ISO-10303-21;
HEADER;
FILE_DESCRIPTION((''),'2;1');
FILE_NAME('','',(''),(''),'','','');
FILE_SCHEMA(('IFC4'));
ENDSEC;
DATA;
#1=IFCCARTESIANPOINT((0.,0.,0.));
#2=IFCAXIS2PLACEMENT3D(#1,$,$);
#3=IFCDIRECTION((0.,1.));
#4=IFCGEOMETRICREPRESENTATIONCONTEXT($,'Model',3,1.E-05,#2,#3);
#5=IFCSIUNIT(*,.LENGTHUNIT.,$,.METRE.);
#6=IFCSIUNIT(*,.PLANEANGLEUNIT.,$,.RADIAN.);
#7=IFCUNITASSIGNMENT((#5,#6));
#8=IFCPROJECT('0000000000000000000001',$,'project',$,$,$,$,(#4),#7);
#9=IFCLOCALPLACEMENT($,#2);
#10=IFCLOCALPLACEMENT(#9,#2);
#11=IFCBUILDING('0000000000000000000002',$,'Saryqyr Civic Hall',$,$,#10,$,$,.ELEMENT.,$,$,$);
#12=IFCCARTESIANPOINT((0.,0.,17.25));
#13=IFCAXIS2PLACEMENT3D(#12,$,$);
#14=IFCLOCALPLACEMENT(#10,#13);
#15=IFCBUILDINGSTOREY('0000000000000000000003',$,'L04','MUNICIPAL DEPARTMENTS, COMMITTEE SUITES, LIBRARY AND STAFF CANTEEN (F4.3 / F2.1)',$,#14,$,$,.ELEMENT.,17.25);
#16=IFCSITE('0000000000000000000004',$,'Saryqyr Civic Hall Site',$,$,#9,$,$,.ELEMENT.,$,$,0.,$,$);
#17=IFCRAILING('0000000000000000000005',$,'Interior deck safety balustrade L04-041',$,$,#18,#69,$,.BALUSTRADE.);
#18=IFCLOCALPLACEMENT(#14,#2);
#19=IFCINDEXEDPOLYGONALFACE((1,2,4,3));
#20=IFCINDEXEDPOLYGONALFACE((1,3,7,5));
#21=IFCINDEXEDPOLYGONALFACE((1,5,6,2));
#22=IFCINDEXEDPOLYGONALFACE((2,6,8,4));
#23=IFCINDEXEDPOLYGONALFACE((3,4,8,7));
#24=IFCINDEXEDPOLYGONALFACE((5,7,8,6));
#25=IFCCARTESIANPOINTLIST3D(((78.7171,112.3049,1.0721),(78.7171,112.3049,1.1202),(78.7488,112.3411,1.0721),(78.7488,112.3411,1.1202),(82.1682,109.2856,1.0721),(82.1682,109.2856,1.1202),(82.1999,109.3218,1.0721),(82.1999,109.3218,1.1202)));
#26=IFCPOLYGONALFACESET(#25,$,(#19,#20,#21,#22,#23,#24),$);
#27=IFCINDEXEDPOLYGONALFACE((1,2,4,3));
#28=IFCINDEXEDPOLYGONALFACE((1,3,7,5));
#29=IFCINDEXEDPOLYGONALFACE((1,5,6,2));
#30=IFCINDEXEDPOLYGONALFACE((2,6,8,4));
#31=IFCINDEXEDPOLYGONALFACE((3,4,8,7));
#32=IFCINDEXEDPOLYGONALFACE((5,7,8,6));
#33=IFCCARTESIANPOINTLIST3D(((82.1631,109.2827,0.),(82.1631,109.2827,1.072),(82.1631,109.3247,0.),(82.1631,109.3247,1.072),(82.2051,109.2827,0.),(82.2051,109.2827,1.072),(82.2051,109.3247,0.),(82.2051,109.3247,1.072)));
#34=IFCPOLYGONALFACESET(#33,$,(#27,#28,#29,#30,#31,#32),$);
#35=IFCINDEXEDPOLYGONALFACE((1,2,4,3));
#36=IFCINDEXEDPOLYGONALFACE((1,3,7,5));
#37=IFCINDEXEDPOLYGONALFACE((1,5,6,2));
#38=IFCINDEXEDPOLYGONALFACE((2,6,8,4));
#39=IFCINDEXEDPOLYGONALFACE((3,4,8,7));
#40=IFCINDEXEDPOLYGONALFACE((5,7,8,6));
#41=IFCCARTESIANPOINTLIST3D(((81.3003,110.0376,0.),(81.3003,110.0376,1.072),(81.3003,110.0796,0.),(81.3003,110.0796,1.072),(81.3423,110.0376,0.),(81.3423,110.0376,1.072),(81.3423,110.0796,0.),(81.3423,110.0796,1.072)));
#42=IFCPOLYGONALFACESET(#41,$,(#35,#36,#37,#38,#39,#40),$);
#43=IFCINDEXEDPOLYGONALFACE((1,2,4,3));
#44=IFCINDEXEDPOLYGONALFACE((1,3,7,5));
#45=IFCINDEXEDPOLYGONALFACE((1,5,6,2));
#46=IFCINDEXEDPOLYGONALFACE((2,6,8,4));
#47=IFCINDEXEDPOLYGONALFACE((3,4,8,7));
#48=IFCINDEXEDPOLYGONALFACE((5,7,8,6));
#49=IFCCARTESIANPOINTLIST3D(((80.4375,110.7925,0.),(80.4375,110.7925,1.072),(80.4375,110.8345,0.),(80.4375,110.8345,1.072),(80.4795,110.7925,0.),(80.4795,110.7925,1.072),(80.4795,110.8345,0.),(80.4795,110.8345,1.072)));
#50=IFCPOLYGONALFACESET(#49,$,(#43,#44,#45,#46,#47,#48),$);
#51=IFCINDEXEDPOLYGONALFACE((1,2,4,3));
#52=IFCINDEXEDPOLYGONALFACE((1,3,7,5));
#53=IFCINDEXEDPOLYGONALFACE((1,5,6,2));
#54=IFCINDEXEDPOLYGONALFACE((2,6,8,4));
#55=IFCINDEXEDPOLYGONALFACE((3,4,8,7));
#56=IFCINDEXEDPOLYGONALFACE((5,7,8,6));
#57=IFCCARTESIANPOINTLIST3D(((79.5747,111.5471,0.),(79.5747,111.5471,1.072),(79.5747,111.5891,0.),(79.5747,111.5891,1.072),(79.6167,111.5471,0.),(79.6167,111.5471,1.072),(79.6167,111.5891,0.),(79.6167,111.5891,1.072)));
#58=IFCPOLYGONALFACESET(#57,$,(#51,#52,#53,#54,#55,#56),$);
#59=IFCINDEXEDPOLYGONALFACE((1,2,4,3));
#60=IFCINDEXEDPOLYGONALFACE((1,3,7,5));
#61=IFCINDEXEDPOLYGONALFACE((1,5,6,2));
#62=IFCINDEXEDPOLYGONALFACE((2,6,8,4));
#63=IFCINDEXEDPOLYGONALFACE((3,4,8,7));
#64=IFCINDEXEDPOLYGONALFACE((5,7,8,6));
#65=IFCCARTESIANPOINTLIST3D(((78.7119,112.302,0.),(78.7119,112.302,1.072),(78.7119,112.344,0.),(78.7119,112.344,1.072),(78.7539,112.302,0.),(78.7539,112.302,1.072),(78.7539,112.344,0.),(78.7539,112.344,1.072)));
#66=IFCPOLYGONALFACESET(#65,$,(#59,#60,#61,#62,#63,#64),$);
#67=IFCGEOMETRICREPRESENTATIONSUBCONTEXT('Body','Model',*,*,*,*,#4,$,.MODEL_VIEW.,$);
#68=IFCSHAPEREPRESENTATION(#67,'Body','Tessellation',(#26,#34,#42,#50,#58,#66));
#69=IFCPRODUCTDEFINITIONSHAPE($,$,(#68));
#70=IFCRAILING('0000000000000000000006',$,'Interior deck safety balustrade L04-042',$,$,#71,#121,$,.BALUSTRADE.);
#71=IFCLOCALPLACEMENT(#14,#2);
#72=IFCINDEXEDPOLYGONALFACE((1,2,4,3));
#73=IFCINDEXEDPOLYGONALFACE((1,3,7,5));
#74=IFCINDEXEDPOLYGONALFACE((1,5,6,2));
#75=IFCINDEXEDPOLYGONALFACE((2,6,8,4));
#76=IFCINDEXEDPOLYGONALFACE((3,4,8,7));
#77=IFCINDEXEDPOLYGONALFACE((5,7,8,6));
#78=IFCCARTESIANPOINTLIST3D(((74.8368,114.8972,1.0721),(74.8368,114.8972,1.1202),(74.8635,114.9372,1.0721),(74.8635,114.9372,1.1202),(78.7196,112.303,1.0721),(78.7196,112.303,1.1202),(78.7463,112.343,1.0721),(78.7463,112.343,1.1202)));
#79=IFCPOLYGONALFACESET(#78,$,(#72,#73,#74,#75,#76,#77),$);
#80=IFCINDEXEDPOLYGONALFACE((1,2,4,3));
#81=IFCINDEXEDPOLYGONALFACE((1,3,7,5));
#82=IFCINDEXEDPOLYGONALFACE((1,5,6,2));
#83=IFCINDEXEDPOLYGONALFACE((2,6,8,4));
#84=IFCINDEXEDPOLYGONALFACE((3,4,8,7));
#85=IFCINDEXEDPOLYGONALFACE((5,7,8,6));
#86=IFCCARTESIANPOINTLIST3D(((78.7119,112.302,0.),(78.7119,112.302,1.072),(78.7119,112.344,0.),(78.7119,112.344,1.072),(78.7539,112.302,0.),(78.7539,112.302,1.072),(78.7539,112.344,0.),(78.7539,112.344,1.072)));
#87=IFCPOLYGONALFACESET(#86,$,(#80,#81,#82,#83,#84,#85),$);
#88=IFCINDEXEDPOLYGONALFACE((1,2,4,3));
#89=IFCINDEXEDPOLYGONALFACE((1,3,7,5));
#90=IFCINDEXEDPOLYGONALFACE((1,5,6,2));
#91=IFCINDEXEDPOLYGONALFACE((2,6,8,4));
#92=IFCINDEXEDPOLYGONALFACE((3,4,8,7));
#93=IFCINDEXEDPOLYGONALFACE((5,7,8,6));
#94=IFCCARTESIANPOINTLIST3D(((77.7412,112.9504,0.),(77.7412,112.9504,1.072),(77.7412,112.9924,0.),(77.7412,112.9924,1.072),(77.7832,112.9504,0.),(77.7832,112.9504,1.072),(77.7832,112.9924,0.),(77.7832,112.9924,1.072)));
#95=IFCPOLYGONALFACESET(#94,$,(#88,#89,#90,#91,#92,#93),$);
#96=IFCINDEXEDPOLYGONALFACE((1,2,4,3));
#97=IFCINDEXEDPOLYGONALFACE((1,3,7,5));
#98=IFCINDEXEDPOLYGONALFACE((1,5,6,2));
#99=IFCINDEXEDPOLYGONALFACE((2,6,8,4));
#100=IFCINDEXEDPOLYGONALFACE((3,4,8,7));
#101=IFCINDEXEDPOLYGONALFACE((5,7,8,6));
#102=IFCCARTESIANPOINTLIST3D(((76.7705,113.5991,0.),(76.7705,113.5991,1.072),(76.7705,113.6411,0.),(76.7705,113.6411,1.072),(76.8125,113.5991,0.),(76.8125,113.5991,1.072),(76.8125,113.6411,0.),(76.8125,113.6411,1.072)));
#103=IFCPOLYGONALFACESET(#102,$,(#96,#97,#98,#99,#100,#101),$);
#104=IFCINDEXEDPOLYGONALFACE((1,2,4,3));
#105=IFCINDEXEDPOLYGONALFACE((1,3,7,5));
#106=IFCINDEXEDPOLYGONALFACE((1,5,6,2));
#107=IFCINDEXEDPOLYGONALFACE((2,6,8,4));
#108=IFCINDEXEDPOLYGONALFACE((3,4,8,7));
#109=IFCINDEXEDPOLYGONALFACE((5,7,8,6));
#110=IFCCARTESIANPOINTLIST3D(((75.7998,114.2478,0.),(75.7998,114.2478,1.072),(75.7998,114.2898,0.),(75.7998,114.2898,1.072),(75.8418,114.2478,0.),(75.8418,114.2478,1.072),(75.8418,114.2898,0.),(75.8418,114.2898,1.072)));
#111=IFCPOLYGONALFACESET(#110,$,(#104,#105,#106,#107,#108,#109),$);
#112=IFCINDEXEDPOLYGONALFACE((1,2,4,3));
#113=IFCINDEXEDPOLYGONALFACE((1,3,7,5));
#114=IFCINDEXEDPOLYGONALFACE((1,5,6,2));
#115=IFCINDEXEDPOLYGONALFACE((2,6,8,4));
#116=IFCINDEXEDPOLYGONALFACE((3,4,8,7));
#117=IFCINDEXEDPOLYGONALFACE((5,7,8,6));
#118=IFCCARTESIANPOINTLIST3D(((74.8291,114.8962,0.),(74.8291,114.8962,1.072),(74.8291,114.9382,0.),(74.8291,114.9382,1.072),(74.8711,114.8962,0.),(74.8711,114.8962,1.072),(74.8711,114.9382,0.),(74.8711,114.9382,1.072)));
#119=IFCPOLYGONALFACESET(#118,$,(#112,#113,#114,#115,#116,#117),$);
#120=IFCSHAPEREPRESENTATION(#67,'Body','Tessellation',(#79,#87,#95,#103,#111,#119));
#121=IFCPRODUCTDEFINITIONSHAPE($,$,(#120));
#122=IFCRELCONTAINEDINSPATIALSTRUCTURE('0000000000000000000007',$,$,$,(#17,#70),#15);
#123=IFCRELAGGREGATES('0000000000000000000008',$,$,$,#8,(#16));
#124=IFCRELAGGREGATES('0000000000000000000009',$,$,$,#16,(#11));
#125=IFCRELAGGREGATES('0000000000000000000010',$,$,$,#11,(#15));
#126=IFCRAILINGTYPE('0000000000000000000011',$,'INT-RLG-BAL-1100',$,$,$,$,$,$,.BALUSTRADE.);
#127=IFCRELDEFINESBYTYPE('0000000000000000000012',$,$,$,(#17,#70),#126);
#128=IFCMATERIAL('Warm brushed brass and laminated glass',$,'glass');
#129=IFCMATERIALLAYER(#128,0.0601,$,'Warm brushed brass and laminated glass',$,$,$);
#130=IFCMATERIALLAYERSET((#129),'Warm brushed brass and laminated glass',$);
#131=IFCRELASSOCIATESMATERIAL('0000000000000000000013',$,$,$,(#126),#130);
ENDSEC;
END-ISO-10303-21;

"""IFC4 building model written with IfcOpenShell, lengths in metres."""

from ifc_helpers import new_model, si_unit, direction, frame, origin, origin_2d, place, context, subcontext, project, spatial, rectangle, extrude, material, layer, layer_set, type_object, element, save


model = new_model("IFC4")

# Units and contexts
model_context = context("Model", 3, precision=1e-05, world=origin(), true_north=direction((0.0, 1.0)))
body_context = subcontext(model_context, "Body", "Model", "MODEL_VIEW")
ifc_project = project(units=[si_unit("LENGTHUNIT", "METRE"), si_unit("PLANEANGLEUNIT", "RADIAN")], contexts=[model_context])

# Site, building, storey
site_placement = place(None, origin())
site = spatial("IfcSite", under=ifc_project, at=site_placement, Name="Saryqyr Civic Hall Site", CompositionType="ELEMENT", RefElevation=0.0)
building_placement = place(site_placement, origin())
building = spatial("IfcBuilding", under=site, at=building_placement, Name="Saryqyr Civic Hall", CompositionType="ELEMENT")
storey_placement = place(building_placement, frame((0.0, 0.0, 17.25)))
storey = spatial("IfcBuildingStorey", under=building, at=storey_placement, Name="L04", Description="MUNICIPAL DEPARTMENTS, COMMITTEE SUITES, LIBRARY AND STAFF CANTEEN (F4.3 / F2.1)", CompositionType="ELEMENT", Elevation=17.25)

# Railings
ifc_material_1 = material(Name="Warm brushed brass and laminated glass", Category="glass")
ifc_layer_1 = layer(ifc_material_1, 0.0601, Name="Warm brushed brass and laminated glass")
ifc_layer_set_1 = layer_set([ifc_layer_1], Name="Warm brushed brass and laminated glass")
railing_type = type_object("IfcRailingType", Name="INT-RLG-BAL-1100", PredefinedType="BALUSTRADE", material=ifc_layer_set_1)
railing_1_placement = place(storey_placement, frame((82.1841, 109.3037, 0.0)))
element("IfcRailing", 1, at=railing_1_placement, inside=storey, type_object=railing_type, Name="Interior deck safety balustrade L04-041", PredefinedType="BALUSTRADE", context=body_context, shape_type="SweptSolid", body=[
    extrude(rectangle(XDim=0.0481, YDim=0.0481, at=origin_2d()), frame((0.0, 0.0, 1.0962), z_axis=(-0.752629, 0.658444, 0.0), x_axis=(-0.658444, -0.752629, 0.0)), (0.0, 0.0, 1.0), 4.5854),
    extrude(rectangle(XDim=0.042, YDim=0.042, at=origin_2d()), origin(), (0.0, 0.0, 1.0), 1.072),
    extrude(rectangle(XDim=0.042, YDim=0.042, at=origin_2d()), frame((-0.8628, 0.7549, 0.0)), (0.0, 0.0, 1.0), 1.072),
    extrude(rectangle(XDim=0.042, YDim=0.042, at=origin_2d()), frame((-1.7256, 1.5098, 0.0)), (0.0, 0.0, 1.0), 1.072),
    extrude(rectangle(XDim=0.042, YDim=0.042, at=origin_2d()), frame((-2.5884, 2.2644, 0.0)), (0.0, 0.0, 1.0), 1.072),
    extrude(rectangle(XDim=0.042, YDim=0.042, at=origin_2d()), frame((-3.4512, 3.0193, 0.0)), (0.0, 0.0, 1.0), 1.072),
])
railing_2_placement = place(storey_placement, frame((78.7329, 112.323, 0.0)))
element("IfcRailing", 2, at=railing_2_placement, inside=storey, type_object=railing_type, Name="Interior deck safety balustrade L04-042", PredefinedType="BALUSTRADE", context=body_context, shape_type="SweptSolid", body=[
    extrude(rectangle(XDim=0.0481, YDim=0.0481, at=origin_2d()), frame((0.0, 0.0, 1.0962), z_axis=(-0.831487, 0.555544, 0.0), x_axis=(-0.555544, -0.831487, 0.0)), (0.0, 0.0, 1.0), 4.6697),
    extrude(rectangle(XDim=0.042, YDim=0.042, at=origin_2d()), origin(), (0.0, 0.0, 1.0), 1.072),
    extrude(rectangle(XDim=0.042, YDim=0.042, at=origin_2d()), frame((-0.9707, 0.6484, 0.0)), (0.0, 0.0, 1.0), 1.072),
    extrude(rectangle(XDim=0.042, YDim=0.042, at=origin_2d()), frame((-1.9414, 1.2971, 0.0)), (0.0, 0.0, 1.0), 1.072),
    extrude(rectangle(XDim=0.042, YDim=0.042, at=origin_2d()), frame((-2.9121, 1.9458, 0.0)), (0.0, 0.0, 1.0), 1.072),
    extrude(rectangle(XDim=0.042, YDim=0.042, at=origin_2d()), frame((-3.8828, 2.5942, 0.0)), (0.0, 0.0, 1.0), 1.072),
])

save(model, "model.ifc")
